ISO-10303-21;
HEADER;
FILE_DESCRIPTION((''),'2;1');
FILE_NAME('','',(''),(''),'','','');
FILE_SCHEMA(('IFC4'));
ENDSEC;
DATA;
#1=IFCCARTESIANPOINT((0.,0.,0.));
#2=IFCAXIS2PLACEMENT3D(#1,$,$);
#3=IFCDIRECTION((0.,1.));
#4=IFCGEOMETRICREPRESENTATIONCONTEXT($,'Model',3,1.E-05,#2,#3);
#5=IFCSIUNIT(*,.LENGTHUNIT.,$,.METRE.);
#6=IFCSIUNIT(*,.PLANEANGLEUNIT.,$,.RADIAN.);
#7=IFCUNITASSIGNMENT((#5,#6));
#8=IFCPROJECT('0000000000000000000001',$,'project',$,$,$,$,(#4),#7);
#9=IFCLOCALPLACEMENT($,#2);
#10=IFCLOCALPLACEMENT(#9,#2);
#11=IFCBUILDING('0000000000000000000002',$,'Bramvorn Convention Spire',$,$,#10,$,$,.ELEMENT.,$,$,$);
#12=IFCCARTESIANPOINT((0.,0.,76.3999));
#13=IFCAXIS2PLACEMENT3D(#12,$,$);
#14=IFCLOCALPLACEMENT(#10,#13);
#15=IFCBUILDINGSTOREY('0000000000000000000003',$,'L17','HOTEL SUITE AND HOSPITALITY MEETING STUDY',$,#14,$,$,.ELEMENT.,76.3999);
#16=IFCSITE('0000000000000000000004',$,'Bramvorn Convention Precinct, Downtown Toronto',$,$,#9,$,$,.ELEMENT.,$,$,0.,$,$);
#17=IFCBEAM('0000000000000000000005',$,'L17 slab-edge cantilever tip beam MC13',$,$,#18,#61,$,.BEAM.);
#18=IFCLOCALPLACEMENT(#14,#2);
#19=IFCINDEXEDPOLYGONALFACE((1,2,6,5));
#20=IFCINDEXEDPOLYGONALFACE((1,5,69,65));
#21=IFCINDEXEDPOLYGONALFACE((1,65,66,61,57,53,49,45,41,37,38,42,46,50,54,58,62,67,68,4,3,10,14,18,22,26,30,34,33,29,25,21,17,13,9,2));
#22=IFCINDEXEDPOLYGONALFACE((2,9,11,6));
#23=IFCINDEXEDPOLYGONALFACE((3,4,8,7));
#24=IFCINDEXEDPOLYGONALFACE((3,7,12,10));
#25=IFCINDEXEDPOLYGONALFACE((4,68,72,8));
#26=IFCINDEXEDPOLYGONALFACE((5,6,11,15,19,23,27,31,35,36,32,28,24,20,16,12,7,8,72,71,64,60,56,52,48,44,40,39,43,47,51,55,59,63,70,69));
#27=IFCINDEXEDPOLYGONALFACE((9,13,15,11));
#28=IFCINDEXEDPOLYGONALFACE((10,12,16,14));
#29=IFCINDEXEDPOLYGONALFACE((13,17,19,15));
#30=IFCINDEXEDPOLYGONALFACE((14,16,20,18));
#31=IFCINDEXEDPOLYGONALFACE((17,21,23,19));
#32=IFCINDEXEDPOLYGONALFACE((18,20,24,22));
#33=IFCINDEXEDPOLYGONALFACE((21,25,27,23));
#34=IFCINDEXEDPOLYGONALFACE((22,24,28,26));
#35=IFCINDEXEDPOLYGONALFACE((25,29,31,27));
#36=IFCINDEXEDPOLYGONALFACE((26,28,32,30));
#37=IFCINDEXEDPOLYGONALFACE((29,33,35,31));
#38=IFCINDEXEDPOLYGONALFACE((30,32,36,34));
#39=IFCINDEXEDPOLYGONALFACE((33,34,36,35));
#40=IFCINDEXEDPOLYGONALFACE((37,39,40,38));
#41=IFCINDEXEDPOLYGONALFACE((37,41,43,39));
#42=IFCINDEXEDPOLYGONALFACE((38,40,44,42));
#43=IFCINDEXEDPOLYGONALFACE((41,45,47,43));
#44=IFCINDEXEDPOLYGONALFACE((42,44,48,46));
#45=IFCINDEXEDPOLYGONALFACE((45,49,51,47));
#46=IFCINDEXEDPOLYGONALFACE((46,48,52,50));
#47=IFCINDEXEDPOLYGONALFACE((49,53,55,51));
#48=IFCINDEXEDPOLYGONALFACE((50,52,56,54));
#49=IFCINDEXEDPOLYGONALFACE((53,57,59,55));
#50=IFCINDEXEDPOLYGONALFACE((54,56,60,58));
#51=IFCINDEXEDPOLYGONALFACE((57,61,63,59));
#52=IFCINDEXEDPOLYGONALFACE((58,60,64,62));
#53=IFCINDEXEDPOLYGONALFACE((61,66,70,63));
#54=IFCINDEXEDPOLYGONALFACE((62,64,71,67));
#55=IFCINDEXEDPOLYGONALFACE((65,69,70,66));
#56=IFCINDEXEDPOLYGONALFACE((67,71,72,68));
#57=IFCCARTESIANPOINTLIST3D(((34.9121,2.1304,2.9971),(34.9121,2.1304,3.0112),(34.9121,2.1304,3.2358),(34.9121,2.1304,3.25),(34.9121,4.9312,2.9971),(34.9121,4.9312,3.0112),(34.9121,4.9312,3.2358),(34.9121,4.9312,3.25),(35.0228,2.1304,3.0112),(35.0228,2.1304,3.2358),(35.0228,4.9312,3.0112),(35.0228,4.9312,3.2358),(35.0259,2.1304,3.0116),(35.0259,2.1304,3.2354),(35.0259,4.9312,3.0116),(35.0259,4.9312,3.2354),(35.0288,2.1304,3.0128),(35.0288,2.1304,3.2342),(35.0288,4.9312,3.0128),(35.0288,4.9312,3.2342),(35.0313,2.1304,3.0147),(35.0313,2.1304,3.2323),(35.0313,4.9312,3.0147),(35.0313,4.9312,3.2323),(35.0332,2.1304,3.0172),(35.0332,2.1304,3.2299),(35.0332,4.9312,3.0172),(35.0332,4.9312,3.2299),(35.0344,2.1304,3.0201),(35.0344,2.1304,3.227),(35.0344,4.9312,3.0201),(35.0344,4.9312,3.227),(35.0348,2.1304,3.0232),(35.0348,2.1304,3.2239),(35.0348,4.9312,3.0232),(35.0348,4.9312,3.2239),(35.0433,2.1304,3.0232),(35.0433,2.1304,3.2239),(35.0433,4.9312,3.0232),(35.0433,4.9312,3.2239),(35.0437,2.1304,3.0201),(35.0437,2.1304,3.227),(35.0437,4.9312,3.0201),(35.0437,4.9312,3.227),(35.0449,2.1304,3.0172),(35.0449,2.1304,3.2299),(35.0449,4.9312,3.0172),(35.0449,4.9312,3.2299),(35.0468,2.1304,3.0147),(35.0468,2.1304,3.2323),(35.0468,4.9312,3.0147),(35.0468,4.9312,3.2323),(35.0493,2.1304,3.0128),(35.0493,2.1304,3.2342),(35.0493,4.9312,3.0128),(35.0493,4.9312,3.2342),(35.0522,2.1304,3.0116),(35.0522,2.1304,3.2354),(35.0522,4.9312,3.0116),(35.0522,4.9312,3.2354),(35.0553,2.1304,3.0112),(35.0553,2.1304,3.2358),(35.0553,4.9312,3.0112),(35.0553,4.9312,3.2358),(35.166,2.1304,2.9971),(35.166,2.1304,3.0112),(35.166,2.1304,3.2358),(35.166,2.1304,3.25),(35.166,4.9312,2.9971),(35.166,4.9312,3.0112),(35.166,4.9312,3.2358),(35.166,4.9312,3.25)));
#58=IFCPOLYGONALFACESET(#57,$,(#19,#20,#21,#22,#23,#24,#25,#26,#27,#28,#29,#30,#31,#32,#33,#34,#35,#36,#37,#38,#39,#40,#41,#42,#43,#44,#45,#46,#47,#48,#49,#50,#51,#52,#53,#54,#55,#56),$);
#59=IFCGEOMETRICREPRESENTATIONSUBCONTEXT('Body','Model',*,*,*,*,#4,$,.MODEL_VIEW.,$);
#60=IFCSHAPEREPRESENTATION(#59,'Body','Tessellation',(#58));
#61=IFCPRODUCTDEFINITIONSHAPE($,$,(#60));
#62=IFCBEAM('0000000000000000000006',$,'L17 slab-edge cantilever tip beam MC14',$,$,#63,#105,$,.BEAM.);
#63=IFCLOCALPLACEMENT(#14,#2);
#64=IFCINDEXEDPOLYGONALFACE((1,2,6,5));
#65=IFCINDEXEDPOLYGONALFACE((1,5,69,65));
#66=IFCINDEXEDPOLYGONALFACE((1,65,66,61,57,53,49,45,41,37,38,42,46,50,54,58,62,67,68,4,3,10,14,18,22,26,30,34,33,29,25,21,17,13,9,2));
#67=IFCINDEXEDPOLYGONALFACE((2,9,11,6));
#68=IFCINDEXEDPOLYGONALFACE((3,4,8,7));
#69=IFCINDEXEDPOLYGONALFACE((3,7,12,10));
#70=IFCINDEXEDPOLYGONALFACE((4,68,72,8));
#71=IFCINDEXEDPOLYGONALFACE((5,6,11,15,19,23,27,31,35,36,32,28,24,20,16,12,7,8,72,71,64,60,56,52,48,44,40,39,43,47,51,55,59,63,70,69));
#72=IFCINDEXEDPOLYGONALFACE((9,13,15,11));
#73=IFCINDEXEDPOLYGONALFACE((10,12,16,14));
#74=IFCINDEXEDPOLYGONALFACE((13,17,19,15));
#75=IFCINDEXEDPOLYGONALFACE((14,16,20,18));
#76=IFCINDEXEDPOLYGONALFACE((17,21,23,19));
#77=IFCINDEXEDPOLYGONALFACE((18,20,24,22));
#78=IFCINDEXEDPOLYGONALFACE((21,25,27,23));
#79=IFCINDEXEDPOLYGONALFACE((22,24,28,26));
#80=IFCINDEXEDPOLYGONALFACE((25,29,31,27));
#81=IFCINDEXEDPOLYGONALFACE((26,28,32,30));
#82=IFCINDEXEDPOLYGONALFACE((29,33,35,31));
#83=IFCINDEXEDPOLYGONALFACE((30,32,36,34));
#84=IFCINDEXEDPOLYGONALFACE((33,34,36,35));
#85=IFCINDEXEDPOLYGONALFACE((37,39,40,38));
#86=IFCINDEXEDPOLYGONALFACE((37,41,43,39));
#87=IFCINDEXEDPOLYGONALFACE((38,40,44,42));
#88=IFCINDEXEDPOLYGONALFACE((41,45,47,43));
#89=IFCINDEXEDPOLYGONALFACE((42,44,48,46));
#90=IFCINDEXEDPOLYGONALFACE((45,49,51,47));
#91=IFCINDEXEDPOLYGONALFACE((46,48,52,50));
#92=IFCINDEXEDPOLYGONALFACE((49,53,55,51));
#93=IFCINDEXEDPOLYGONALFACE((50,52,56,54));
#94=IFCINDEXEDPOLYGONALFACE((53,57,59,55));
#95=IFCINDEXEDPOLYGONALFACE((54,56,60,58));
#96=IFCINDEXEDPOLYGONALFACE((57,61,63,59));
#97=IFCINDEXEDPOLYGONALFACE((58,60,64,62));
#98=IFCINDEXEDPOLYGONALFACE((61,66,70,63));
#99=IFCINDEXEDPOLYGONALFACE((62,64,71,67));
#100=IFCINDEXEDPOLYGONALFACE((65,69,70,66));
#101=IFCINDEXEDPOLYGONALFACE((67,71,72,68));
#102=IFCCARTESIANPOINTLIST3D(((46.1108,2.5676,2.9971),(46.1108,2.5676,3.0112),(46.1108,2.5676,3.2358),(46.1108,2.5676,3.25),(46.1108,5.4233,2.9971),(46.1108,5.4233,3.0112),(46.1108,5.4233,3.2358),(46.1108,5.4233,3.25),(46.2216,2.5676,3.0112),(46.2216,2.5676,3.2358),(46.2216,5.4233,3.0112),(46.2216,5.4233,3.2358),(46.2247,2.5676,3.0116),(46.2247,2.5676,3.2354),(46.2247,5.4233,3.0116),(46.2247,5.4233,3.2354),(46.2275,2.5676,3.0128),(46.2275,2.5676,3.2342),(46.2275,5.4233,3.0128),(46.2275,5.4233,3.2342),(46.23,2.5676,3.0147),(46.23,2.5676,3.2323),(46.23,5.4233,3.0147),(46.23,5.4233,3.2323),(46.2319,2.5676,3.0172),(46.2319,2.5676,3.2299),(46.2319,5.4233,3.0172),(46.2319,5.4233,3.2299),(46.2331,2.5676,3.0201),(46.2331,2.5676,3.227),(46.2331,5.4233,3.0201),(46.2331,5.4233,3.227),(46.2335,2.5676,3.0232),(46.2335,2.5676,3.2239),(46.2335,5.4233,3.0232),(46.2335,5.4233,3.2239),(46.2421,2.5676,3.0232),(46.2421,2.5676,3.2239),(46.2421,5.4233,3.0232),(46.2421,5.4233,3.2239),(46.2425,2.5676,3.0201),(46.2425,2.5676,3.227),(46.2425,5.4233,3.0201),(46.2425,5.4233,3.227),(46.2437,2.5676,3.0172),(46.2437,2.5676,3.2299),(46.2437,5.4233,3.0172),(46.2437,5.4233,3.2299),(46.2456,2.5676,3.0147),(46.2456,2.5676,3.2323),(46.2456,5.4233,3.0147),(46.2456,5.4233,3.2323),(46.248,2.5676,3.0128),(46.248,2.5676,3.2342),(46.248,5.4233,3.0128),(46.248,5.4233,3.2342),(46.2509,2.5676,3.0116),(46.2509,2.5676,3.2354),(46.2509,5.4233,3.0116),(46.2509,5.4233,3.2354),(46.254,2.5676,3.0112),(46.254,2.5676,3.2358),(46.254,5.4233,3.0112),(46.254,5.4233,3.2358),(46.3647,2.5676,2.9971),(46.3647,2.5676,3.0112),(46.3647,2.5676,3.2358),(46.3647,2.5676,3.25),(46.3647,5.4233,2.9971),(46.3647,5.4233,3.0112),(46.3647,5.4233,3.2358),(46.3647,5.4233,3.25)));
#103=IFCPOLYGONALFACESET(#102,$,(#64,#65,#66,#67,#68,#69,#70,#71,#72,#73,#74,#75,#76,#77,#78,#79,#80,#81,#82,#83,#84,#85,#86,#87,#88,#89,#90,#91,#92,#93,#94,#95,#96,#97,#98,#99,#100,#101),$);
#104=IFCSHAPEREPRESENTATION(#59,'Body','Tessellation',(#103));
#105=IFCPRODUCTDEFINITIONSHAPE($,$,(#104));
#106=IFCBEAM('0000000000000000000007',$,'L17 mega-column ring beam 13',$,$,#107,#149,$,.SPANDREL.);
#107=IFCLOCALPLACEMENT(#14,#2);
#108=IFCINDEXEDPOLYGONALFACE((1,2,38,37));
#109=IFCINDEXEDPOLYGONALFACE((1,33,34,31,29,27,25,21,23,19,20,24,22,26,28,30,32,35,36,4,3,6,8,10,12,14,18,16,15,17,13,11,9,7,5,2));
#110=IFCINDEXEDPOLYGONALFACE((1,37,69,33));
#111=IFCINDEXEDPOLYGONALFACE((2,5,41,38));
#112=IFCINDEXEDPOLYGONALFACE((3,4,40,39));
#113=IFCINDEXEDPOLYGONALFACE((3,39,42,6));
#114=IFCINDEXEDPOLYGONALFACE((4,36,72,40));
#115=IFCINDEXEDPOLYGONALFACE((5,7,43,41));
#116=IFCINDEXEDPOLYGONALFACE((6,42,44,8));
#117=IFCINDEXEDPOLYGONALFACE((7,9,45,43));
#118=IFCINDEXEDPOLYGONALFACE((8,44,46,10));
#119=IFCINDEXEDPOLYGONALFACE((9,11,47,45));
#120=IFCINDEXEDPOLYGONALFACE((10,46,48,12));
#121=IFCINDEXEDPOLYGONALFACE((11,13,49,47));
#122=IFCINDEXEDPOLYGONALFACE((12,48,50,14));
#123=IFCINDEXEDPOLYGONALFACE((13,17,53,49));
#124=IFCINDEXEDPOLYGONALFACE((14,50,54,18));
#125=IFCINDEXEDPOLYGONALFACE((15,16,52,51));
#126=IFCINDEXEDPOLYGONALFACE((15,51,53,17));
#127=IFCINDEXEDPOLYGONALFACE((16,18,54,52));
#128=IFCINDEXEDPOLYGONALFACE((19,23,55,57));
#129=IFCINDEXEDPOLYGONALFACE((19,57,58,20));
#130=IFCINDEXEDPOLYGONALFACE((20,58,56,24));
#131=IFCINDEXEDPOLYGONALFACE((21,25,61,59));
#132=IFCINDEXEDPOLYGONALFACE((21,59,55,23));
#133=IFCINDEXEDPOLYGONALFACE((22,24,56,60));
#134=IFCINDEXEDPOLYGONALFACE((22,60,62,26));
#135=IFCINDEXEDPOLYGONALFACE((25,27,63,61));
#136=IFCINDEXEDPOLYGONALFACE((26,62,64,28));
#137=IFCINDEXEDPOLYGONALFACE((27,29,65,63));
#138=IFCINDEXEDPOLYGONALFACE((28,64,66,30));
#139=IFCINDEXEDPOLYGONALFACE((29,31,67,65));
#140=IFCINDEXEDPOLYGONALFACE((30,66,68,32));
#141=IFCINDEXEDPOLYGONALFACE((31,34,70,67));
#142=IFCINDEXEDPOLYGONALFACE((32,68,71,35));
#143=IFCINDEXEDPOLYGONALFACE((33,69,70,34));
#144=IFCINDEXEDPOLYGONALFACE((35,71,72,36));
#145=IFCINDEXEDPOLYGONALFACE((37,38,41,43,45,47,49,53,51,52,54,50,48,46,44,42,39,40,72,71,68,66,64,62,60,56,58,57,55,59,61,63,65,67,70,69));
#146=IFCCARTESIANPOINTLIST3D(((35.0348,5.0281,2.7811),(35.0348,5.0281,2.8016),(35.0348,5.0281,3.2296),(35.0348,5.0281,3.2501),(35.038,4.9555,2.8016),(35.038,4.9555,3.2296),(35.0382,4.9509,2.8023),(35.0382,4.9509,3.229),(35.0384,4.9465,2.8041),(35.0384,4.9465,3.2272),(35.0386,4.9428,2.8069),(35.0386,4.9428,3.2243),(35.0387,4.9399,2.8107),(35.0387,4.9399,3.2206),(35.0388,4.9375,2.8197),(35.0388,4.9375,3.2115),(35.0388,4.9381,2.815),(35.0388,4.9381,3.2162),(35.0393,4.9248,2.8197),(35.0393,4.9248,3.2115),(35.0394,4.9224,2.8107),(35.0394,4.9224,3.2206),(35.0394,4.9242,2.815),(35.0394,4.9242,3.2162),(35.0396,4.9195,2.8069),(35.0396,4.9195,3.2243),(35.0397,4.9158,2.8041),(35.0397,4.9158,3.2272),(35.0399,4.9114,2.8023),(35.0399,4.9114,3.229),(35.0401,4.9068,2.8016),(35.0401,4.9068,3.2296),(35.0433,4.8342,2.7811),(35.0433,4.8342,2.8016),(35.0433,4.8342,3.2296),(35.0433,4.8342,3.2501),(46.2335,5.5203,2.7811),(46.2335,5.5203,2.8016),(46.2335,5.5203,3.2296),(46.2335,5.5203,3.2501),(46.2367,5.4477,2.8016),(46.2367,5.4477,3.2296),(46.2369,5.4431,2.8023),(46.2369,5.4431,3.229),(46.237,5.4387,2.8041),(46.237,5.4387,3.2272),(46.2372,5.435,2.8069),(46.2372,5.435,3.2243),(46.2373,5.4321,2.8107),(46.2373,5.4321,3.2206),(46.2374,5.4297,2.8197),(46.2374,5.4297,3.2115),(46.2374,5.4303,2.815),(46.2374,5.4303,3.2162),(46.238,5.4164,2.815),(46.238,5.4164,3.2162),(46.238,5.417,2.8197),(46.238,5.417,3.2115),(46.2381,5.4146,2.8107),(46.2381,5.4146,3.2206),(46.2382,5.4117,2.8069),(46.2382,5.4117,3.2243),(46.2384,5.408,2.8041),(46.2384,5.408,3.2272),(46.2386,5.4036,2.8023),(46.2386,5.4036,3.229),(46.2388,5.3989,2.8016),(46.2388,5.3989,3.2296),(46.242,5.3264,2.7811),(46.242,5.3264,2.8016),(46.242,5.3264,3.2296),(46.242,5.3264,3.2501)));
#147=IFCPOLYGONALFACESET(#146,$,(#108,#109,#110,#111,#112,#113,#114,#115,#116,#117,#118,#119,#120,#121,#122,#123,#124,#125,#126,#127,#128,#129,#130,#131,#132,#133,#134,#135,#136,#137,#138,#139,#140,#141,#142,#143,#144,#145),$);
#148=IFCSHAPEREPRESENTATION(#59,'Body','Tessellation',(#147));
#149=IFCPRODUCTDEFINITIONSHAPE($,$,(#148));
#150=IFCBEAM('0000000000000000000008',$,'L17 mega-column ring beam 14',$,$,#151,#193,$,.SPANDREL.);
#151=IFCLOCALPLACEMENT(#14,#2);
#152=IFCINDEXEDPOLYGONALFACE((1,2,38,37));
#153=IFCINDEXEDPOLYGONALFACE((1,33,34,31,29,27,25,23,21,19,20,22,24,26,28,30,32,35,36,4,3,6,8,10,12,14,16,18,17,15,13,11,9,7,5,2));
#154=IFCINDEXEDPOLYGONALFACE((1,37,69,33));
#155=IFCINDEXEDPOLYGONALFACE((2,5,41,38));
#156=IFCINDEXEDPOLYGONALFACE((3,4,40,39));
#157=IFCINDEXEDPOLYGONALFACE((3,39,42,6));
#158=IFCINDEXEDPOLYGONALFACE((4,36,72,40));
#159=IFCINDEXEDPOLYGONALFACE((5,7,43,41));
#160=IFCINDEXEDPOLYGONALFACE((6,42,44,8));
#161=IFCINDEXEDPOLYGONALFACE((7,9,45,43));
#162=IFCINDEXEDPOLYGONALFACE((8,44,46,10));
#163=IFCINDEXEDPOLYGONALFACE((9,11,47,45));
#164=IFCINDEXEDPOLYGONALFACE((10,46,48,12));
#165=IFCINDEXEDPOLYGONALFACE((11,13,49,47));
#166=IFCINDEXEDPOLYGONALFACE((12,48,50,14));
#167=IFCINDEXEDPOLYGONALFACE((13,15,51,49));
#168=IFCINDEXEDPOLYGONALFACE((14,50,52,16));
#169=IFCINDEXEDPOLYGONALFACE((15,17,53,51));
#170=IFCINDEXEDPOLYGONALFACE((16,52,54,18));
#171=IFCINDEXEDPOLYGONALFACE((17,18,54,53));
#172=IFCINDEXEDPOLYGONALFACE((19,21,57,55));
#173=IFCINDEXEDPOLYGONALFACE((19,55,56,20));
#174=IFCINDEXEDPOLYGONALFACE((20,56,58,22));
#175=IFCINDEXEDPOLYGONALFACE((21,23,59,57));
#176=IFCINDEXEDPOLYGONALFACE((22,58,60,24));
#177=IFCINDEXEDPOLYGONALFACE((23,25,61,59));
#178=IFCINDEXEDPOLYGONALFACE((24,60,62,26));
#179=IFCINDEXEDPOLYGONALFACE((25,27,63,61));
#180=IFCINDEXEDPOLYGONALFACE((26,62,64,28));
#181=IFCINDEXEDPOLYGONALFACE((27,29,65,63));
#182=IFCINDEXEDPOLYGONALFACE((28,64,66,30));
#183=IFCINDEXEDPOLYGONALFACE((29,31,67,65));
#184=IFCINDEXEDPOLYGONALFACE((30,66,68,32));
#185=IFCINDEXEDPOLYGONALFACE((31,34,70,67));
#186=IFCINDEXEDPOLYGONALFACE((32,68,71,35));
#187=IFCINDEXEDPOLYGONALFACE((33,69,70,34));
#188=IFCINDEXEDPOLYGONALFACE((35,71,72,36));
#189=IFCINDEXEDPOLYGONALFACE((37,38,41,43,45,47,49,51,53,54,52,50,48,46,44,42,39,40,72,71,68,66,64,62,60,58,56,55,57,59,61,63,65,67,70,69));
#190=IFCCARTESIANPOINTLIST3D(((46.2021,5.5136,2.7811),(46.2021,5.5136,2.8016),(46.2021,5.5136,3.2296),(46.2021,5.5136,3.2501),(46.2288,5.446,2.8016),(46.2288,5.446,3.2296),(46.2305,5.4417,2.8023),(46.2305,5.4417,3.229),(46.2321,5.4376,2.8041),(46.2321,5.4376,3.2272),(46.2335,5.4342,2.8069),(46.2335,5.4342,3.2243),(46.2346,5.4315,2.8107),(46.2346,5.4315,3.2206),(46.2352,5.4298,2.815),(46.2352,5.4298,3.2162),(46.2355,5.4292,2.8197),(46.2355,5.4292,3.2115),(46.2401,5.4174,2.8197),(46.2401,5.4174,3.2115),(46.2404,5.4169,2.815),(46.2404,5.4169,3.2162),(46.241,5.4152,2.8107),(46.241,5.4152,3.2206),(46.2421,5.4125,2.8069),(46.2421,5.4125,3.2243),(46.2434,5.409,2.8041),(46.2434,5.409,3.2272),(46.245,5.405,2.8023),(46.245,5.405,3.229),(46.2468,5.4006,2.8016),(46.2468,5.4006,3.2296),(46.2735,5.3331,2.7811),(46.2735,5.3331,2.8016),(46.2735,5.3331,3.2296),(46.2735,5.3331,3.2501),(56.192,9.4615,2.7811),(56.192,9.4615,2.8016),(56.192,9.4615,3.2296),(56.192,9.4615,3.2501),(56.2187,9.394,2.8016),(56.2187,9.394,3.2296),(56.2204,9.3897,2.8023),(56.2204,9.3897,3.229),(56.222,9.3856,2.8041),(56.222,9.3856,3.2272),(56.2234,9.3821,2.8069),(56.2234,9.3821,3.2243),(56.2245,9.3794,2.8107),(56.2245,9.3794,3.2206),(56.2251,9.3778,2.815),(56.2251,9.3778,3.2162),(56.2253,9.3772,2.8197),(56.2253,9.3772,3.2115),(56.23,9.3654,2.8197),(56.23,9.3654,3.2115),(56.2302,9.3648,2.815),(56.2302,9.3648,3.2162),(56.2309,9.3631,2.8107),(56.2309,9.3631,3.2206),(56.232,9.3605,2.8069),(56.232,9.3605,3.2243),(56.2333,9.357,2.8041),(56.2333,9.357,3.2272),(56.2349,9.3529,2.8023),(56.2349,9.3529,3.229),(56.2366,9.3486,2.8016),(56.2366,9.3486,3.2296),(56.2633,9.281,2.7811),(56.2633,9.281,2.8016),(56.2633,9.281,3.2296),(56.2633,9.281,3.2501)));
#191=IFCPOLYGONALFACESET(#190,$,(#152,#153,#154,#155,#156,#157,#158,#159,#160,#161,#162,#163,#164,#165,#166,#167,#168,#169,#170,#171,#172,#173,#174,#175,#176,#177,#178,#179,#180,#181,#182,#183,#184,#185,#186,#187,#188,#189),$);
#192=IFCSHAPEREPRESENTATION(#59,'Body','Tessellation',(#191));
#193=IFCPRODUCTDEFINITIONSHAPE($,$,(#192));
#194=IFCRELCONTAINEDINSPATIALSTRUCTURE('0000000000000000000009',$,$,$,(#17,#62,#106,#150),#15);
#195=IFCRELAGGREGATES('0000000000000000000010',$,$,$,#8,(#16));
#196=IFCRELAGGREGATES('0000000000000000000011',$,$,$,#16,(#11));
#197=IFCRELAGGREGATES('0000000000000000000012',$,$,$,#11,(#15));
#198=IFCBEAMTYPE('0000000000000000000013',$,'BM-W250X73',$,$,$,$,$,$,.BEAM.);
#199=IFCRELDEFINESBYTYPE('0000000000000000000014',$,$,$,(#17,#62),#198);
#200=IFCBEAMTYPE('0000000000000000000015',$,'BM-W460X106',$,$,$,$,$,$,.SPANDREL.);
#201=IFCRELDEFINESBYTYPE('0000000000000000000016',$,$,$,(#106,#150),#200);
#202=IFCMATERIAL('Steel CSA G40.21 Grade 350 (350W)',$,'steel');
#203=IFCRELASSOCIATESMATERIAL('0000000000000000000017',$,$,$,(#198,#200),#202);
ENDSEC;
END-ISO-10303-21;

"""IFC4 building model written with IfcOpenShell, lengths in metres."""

from ifc_helpers import new_model, si_unit, direction, frame, origin, origin_2d, place, context, subcontext, project, spatial, i_section, extrude, material, material_profile, profile_set, type_object, element, save


model = new_model("IFC4")

# Units and contexts
model_context = context("Model", 3, precision=1e-05, world=origin(), true_north=direction((0.0, 1.0)))
body_context = subcontext(model_context, "Body", "Model", "MODEL_VIEW")
ifc_project = project(units=[si_unit("LENGTHUNIT", "METRE"), si_unit("PLANEANGLEUNIT", "RADIAN")], contexts=[model_context])

# Site, building, storey
site_placement = place(None, origin())
site = spatial("IfcSite", under=ifc_project, at=site_placement, Name="Bramvorn Convention Precinct, Downtown Toronto", CompositionType="ELEMENT", RefElevation=0.0)
building_placement = place(site_placement, origin())
building = spatial("IfcBuilding", under=site, at=building_placement, Name="Bramvorn Convention Spire", CompositionType="ELEMENT")
storey_placement = place(building_placement, frame((0.0, 0.0, 76.3999)))
storey = spatial("IfcBuildingStorey", under=building, at=storey_placement, Name="L17", Description="HOTEL SUITE AND HOSPITALITY MEETING STUDY", CompositionType="ELEMENT", Elevation=76.3999)

# Shared definitions
ifc_material_1 = material(Name="Steel CSA G40.21 Grade 350 (350W)", Category="steel")

# Beams
ifc_material_profile_1 = material_profile(ifc_material_1, i_section(OverallWidth=0.2539, OverallDepth=0.2529, WebThickness=0.0085, FlangeThickness=0.0142, FilletRadius=0.012, at=origin_2d()))
ifc_profile_set_1 = profile_set([ifc_material_profile_1], Name="Steel CSA G40.21 Grade 350 (350W) - W250X73")
beam_type_1 = type_object("IfcBeamType", Name="BM-W250X73", PredefinedType="BEAM", material=ifc_profile_set_1)
beam_1_placement = place(storey_placement, frame((35.0391, 4.9312, 3.1235), z_axis=(0.0, -1.0, 0.0), x_axis=(1.0, 0.0, 0.0)))
element("IfcBeam", 1, at=beam_1_placement, inside=storey, type_object=beam_type_1, Name="L17 slab-edge cantilever tip beam MC13", PredefinedType="BEAM", context=body_context, shape_type="SweptSolid", body=[
    extrude(i_section(OverallWidth=0.2539, OverallDepth=0.2529, WebThickness=0.0085, FlangeThickness=0.0142, FilletRadius=0.012, at=origin_2d()), origin(), (0.0, 0.0, 1.0), 2.8008),
])
beam_2_placement = place(storey_placement, frame((46.2378, 5.4233, 3.1235), z_axis=(0.0, -1.0, 0.0), x_axis=(1.0, 0.0, 0.0)))
element("IfcBeam", 2, at=beam_2_placement, inside=storey, type_object=beam_type_1, Name="L17 slab-edge cantilever tip beam MC14", PredefinedType="BEAM", context=body_context, shape_type="SweptSolid", body=[
    extrude(i_section(OverallWidth=0.2539, OverallDepth=0.2529, WebThickness=0.0085, FlangeThickness=0.0142, FilletRadius=0.012, at=origin_2d()), origin(), (0.0, 0.0, 1.0), 2.8557),
])
ifc_material_profile_2 = material_profile(ifc_material_1, i_section(OverallWidth=0.1941, OverallDepth=0.469, WebThickness=0.0127, FlangeThickness=0.0205, FilletRadius=0.0181, at=origin_2d()))
ifc_profile_set_2 = profile_set([ifc_material_profile_2], Name="Steel CSA G40.21 Grade 350 (350W) - W460X106")
beam_type_2 = type_object("IfcBeamType", Name="BM-W460X106", PredefinedType="SPANDREL", material=ifc_profile_set_2)
beam_3_placement = place(storey_placement, frame((35.0391, 4.9312, 3.0156), z_axis=(0.999036, 0.043908, 0.0), x_axis=(-0.043908, 0.999036, 0.0)))
element("IfcBeam", 3, at=beam_3_placement, inside=storey, type_object=beam_type_2, Name="L17 mega-column ring beam 13", PredefinedType="SPANDREL", context=body_context, shape_type="SweptSolid", body=[
    extrude(i_section(OverallWidth=0.1941, OverallDepth=0.469, WebThickness=0.0127, FlangeThickness=0.0205, FilletRadius=0.0181, at=origin_2d()), origin(), (0.0, 0.0, 1.0), 11.2095),
])
beam_4_placement = place(storey_placement, frame((46.2378, 5.4233, 3.0156), z_axis=(0.93001, 0.367535, 0.0), x_axis=(-0.367535, 0.93001, 0.0)))
element("IfcBeam", 4, at=beam_4_placement, inside=storey, type_object=beam_type_2, Name="L17 mega-column ring beam 14", PredefinedType="SPANDREL", context=body_context, shape_type="SweptSolid", body=[
    extrude(i_section(OverallWidth=0.1941, OverallDepth=0.469, WebThickness=0.0127, FlangeThickness=0.0205, FilletRadius=0.0181, at=origin_2d()), origin(), (0.0, 0.0, 1.0), 10.7417),
])

save(model, "model.ifc")
